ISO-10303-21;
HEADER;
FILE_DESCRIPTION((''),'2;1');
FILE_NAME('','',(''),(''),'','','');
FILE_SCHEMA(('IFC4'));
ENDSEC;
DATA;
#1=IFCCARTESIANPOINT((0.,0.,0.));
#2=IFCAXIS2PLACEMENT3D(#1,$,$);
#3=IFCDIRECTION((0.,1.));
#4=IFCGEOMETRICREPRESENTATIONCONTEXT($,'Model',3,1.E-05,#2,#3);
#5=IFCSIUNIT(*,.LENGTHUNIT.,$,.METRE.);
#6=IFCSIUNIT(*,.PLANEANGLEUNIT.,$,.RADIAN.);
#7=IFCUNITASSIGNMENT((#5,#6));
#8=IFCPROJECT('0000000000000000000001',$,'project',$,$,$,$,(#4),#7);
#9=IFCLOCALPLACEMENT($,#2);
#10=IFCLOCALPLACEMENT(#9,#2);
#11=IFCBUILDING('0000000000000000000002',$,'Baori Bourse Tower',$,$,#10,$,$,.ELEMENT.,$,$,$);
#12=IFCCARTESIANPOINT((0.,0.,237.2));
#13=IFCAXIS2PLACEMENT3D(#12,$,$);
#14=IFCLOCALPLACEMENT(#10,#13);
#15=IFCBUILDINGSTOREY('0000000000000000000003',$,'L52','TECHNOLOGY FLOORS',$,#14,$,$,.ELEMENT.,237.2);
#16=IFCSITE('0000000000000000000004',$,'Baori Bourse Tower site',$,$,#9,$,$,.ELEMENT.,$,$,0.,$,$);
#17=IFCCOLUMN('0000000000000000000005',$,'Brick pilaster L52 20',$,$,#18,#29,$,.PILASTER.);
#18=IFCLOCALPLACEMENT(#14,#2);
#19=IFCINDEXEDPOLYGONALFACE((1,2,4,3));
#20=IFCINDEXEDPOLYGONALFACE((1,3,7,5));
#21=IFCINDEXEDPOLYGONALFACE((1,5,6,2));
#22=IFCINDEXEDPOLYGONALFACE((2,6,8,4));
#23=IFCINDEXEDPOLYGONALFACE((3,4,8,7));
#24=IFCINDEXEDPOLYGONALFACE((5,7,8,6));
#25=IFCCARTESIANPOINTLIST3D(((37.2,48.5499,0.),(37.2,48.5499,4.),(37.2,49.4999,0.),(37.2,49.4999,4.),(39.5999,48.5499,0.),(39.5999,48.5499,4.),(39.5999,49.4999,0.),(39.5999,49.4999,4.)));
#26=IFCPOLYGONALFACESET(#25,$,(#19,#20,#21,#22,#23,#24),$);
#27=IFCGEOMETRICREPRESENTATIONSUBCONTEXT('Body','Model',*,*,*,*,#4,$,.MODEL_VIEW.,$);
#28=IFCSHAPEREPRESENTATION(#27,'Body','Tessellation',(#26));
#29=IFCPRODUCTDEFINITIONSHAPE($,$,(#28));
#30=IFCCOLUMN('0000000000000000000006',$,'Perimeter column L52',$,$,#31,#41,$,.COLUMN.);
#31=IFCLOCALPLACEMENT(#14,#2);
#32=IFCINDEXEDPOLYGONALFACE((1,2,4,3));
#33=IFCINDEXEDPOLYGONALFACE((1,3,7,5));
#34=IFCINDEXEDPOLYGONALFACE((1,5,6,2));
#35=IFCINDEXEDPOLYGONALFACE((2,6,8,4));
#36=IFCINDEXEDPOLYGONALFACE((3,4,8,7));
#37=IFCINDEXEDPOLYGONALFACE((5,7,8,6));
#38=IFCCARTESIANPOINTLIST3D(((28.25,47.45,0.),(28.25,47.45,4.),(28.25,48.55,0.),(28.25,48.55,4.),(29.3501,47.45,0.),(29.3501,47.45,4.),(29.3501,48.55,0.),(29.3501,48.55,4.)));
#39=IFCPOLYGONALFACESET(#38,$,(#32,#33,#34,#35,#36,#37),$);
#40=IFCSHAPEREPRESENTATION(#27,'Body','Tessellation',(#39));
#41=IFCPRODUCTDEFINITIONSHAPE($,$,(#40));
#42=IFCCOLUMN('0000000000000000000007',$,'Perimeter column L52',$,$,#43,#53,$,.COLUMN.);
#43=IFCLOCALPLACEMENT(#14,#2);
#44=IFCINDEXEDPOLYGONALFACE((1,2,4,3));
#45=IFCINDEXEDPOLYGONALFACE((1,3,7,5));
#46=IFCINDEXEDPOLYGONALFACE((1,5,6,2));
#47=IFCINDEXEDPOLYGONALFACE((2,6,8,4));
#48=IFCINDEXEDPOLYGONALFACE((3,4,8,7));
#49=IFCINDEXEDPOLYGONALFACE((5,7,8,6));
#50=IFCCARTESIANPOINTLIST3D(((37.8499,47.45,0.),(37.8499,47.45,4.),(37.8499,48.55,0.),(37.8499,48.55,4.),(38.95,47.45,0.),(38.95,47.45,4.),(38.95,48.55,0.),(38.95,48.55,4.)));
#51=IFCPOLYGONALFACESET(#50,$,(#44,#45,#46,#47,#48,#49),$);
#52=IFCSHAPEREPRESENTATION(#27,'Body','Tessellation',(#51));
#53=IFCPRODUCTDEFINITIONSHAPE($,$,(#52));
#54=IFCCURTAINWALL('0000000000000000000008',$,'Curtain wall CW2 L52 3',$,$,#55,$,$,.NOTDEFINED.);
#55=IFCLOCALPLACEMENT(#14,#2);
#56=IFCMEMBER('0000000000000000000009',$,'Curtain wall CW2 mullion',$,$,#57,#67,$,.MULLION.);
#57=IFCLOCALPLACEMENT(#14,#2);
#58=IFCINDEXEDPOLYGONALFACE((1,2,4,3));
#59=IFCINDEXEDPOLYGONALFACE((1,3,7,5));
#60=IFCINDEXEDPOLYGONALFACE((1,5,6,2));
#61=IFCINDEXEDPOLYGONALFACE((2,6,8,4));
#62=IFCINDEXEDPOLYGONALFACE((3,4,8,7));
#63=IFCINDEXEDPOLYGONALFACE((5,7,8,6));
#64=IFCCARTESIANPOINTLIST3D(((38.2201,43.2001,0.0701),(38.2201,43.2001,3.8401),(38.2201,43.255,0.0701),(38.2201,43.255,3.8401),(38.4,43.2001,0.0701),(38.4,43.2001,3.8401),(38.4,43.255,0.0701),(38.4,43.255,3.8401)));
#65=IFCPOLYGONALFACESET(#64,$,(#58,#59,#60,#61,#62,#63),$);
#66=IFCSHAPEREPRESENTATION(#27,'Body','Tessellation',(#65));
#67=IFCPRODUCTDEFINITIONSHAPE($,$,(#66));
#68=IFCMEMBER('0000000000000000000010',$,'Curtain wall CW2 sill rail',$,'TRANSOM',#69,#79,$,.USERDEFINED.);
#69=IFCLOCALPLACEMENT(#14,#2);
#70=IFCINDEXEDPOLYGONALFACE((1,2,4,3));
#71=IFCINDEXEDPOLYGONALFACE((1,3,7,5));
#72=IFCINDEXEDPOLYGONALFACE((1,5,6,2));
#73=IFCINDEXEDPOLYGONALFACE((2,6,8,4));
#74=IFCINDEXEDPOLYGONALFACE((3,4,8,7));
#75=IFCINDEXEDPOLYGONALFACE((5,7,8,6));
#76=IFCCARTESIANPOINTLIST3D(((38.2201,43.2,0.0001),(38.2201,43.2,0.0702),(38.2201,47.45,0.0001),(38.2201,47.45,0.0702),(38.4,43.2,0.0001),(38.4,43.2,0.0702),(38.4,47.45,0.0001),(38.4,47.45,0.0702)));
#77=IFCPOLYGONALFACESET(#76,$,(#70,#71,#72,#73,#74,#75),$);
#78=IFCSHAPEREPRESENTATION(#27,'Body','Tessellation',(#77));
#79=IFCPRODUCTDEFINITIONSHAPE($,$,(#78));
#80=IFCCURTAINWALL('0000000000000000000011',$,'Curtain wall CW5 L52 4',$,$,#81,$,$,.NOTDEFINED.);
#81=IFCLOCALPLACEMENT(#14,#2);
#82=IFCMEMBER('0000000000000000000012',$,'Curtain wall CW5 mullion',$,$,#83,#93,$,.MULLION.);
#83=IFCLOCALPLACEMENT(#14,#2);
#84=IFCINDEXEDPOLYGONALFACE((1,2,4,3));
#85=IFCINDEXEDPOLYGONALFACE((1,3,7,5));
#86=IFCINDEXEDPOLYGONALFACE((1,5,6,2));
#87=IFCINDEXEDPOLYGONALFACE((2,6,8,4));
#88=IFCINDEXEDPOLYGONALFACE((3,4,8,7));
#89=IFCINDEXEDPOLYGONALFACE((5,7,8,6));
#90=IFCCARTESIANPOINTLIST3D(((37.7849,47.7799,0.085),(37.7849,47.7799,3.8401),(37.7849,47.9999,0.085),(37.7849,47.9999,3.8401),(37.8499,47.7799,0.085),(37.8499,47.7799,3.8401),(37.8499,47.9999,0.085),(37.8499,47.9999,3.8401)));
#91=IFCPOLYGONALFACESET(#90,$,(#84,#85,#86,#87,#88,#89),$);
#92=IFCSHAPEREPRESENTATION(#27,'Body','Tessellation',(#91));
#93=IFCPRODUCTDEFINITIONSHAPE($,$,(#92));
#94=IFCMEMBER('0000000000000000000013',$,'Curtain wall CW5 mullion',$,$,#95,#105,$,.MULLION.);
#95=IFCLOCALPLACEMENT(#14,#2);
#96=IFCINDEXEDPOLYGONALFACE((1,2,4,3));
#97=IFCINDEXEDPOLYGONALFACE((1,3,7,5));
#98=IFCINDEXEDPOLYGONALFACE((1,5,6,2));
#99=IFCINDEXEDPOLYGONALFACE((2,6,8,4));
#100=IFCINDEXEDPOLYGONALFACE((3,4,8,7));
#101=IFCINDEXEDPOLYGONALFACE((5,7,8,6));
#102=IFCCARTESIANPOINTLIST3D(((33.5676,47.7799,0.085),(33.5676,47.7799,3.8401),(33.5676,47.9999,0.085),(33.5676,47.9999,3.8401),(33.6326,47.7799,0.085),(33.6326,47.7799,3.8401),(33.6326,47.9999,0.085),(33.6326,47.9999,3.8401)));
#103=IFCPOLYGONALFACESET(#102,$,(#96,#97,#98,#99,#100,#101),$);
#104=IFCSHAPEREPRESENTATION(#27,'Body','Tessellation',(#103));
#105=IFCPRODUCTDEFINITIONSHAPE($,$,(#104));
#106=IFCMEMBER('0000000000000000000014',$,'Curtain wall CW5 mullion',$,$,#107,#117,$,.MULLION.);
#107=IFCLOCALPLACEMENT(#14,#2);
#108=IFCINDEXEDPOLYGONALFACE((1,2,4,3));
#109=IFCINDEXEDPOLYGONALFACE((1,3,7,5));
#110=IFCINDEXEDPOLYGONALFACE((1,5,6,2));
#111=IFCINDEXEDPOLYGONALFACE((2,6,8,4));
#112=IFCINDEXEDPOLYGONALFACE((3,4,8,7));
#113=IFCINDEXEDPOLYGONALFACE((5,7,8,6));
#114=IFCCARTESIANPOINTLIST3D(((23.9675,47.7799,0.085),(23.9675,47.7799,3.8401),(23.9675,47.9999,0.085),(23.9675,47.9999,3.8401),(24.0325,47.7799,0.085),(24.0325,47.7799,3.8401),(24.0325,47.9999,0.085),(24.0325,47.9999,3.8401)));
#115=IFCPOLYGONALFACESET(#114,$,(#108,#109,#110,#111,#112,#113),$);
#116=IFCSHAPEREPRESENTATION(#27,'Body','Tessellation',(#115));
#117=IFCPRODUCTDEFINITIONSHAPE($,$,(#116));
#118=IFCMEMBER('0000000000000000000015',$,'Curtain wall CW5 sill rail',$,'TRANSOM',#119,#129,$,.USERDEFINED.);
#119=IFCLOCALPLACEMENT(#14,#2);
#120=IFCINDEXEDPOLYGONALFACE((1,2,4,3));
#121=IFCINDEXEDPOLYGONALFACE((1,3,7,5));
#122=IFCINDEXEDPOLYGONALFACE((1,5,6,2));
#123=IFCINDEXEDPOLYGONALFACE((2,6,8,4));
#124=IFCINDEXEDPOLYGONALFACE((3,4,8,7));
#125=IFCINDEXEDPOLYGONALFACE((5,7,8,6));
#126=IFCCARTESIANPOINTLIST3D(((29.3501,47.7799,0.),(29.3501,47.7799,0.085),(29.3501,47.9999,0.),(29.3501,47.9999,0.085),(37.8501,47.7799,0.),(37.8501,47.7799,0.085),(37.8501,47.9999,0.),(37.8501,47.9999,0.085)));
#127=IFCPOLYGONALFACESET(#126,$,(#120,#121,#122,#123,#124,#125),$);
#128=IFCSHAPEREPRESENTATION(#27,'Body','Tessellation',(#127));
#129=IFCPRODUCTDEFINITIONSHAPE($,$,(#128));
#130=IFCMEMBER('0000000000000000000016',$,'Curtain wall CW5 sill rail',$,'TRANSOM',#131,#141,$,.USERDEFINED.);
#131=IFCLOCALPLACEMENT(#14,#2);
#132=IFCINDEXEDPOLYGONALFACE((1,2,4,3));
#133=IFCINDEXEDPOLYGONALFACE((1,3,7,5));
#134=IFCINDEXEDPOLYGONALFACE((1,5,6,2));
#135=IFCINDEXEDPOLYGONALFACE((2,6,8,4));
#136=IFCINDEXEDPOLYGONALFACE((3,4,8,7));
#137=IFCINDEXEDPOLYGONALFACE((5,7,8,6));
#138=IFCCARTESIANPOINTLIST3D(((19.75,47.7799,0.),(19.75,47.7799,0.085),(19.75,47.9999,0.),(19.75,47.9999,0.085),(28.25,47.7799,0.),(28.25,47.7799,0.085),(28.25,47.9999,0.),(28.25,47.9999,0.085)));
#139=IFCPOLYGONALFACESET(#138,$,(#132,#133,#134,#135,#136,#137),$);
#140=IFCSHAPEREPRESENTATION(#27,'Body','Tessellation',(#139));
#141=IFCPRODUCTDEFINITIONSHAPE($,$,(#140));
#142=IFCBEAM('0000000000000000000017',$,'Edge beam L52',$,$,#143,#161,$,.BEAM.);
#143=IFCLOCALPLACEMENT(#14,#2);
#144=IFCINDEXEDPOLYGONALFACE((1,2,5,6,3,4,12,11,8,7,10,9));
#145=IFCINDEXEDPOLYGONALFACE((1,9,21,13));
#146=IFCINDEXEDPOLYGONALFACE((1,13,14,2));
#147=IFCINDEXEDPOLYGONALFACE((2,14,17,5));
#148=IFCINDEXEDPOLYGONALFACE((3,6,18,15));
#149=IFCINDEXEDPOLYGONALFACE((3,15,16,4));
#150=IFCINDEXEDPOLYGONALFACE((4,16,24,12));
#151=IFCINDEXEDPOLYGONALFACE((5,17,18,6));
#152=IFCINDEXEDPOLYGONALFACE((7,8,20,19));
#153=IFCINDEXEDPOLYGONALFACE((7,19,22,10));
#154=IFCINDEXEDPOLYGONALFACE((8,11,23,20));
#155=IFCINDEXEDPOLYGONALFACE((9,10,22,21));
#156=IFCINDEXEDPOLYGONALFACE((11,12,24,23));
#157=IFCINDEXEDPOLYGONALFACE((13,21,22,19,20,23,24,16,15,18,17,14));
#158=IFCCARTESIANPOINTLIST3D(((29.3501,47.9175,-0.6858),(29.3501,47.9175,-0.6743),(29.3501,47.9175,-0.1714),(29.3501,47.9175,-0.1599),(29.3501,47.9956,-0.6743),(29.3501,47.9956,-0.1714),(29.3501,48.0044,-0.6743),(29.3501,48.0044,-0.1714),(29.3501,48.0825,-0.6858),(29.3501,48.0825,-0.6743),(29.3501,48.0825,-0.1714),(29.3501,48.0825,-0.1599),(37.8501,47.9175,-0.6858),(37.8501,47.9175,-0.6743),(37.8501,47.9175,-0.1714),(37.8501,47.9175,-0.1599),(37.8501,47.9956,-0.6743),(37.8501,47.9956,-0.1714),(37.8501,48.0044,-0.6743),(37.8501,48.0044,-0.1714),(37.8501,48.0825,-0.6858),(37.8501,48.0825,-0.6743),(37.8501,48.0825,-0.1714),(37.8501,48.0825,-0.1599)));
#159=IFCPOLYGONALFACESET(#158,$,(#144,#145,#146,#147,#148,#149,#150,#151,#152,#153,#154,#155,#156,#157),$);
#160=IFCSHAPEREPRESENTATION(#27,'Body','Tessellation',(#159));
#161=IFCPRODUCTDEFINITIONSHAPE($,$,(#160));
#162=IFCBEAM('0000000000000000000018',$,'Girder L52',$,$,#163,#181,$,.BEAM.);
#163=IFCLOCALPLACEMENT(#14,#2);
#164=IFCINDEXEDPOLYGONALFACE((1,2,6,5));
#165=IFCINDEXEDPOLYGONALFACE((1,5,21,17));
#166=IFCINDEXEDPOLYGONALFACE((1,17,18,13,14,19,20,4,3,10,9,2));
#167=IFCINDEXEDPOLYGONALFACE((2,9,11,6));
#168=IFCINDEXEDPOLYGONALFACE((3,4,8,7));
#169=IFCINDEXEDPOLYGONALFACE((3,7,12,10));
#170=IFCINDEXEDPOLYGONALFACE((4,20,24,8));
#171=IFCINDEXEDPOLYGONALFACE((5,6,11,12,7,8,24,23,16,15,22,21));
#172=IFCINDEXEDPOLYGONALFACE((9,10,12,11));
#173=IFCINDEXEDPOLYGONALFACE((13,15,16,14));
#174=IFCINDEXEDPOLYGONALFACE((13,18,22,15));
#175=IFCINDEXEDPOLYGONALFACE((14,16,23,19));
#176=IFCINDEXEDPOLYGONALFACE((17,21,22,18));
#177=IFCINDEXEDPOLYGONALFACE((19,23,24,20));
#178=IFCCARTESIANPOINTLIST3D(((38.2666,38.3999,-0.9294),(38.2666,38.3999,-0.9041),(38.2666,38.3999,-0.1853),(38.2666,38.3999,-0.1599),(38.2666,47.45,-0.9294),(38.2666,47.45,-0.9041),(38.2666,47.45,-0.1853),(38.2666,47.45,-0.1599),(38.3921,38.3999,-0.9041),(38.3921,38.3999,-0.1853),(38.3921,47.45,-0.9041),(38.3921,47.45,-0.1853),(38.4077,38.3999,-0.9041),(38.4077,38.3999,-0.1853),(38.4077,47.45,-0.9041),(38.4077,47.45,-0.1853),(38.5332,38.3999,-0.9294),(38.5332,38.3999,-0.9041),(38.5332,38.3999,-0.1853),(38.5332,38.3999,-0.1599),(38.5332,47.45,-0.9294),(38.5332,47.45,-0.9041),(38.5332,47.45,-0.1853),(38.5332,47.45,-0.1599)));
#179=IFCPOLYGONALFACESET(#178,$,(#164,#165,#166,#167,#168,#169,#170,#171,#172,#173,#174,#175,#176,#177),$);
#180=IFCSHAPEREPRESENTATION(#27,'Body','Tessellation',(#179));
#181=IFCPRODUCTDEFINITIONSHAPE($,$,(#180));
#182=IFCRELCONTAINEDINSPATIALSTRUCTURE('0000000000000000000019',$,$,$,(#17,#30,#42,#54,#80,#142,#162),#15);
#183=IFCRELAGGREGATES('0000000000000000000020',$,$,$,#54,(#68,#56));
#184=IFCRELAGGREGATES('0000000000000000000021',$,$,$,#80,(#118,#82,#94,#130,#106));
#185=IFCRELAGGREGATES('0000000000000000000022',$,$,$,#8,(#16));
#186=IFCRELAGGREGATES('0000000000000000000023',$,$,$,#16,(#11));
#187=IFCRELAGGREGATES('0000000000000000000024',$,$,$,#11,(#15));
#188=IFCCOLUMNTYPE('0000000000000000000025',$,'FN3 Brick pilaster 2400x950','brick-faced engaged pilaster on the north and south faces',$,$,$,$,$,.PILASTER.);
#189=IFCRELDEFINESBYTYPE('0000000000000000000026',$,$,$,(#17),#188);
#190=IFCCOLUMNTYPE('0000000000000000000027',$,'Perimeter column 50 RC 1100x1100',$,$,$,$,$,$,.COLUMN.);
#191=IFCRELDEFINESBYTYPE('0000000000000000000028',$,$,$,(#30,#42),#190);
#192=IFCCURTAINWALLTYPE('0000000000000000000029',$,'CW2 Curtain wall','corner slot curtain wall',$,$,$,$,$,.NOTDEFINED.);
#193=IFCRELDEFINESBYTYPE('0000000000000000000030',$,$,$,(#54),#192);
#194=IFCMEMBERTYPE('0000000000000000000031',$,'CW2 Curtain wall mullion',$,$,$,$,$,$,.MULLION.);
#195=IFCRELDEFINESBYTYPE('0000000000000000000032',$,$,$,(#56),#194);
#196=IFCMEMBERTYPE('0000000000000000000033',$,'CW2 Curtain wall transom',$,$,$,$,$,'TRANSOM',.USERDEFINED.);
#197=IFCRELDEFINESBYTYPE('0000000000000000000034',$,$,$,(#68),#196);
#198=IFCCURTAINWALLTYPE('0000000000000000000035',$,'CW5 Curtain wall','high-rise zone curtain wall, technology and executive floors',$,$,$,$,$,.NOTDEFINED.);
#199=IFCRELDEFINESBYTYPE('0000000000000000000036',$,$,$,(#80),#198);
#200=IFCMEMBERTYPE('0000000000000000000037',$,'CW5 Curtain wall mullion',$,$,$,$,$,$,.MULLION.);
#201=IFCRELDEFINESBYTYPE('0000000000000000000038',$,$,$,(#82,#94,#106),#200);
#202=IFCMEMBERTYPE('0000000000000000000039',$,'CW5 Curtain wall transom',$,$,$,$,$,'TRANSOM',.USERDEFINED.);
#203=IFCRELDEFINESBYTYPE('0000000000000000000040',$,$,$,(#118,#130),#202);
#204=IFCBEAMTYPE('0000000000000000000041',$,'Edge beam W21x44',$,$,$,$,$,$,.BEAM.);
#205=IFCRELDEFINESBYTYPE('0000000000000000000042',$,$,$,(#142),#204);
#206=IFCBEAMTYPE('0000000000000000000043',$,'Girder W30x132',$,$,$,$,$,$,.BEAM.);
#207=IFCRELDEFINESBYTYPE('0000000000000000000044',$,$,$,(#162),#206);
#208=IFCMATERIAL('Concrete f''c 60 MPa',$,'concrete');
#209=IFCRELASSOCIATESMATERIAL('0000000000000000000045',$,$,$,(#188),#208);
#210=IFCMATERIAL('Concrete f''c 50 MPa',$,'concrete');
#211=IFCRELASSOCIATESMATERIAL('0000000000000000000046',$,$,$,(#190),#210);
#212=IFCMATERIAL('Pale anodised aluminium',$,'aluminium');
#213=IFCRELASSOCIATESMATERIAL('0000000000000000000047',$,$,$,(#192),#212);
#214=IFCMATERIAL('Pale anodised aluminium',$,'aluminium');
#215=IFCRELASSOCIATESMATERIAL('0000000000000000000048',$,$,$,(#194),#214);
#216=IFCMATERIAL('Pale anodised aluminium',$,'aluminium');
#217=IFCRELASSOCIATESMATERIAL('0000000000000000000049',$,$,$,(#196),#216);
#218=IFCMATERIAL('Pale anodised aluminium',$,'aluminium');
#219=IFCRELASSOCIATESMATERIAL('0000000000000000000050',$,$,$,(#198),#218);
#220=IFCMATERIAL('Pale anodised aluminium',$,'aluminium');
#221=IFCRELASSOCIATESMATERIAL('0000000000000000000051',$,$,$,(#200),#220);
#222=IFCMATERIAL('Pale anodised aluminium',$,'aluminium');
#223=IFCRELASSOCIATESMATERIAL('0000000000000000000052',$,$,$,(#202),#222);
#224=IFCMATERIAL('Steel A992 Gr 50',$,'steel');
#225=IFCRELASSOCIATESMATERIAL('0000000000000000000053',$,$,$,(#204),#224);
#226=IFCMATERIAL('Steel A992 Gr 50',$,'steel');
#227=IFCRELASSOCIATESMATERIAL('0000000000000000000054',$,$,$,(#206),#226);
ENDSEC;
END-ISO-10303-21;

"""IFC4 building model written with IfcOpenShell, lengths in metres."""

from ifc_helpers import new_model, si_unit, direction, frame, origin, origin_2d, place, context, subcontext, project, spatial, rectangle, i_section, extrude, material, material_profile, profile_set, type_object, element, aggregate, save


model = new_model("IFC4")

# Units and contexts
model_context = context("Model", 3, precision=1e-05, world=origin(), true_north=direction((0.0, 1.0)))
body_context = subcontext(model_context, "Body", "Model", "MODEL_VIEW")
ifc_project = project(units=[si_unit("LENGTHUNIT", "METRE"), si_unit("PLANEANGLEUNIT", "RADIAN")], contexts=[model_context])

# Site, building, storey
site_placement = place(None, origin())
site = spatial("IfcSite", under=ifc_project, at=site_placement, Name="Baori Bourse Tower site", CompositionType="ELEMENT", RefElevation=0.0)
building_placement = place(site_placement, origin())
building = spatial("IfcBuilding", under=site, at=building_placement, Name="Baori Bourse Tower", CompositionType="ELEMENT")
storey_placement = place(building_placement, frame((0.0, 0.0, 237.2)))
storey = spatial("IfcBuildingStorey", under=building, at=storey_placement, Name="L52", Description="TECHNOLOGY FLOORS", CompositionType="ELEMENT", Elevation=237.2)

# Columns
ifc_material_1 = material(Name="Concrete f'c 60 MPa", Category="concrete")
ifc_material_profile_1 = material_profile(ifc_material_1, rectangle(XDim=2.3999, YDim=0.95, at=origin_2d()), Name="RC 2400x950")
ifc_profile_set_1 = profile_set([ifc_material_profile_1], Name="Concrete f'c 60 MPa")
column_type_1 = type_object("IfcColumnType", Name="FN3 Brick pilaster 2400x950", Description="brick-faced engaged pilaster on the north and south faces", PredefinedType="PILASTER", material=ifc_profile_set_1)
column_placement = place(storey_placement, frame((38.3999, 49.0249, 0.0), z_axis=(0.0, 0.0, 1.0), x_axis=(1.0, 0.0, 0.0)))
element("IfcColumn", 1, at=column_placement, inside=storey, type_object=column_type_1, Name="Brick pilaster L52 20", PredefinedType="PILASTER", context=body_context, shape_type="SweptSolid", body=[
    extrude(rectangle(XDim=2.3999, YDim=0.95, at=origin_2d()), origin(), (0.0, 0.0, 1.0), 4.0),
])
ifc_material_2 = material(Name="Concrete f'c 50 MPa", Category="concrete")
ifc_material_profile_2 = material_profile(ifc_material_2, rectangle(XDim=1.1001, YDim=1.1001, at=origin_2d()), Name="RC 1100x1100")
ifc_profile_set_2 = profile_set([ifc_material_profile_2], Name="Concrete f'c 50 MPa")
column_type_2 = type_object("IfcColumnType", Name="Perimeter column 50 RC 1100x1100", PredefinedType="COLUMN", material=ifc_profile_set_2)
for number, where, z_axis, x_axis, name in (
    (2, (28.8, 48.0, 0.0), (0.0, 0.0, 1.0), (1.0, 0.0, 0.0), "Perimeter column L52"),
    (3, (38.3999, 48.0, 0.0), (0.0, 0.0, 1.0), (1.0, 0.0, 0.0), "Perimeter column L52"),
):
    element("IfcColumn", number, at=place(storey_placement, frame(where, z_axis=z_axis, x_axis=x_axis)), inside=storey, type_object=column_type_2, Name=name, PredefinedType="COLUMN", context=body_context, shape_type="SweptSolid", body=[
        extrude(rectangle(XDim=1.1001, YDim=1.1001, at=origin_2d()), origin(), (0.0, 0.0, 1.0), 4.0),
    ])

# Curtain walls, members
ifc_material_3 = material(Name="Pale anodised aluminium", Category="aluminium")
curtain_wall_type_1 = type_object("IfcCurtainWallType", Name="CW2 Curtain wall", Description="corner slot curtain wall", PredefinedType="NOTDEFINED", material=ifc_material_3)
curtain_wall_1_placement = place(storey_placement, origin())
curtain_wall_1 = element("IfcCurtainWall", 4, at=curtain_wall_1_placement, inside=storey, type_object=curtain_wall_type_1, Name="Curtain wall CW2 L52 3", PredefinedType="NOTDEFINED")
ifc_material_4 = material(Name="Pale anodised aluminium", Category="aluminium")
ifc_material_profile_3 = material_profile(ifc_material_4, rectangle(XDim=0.1799, YDim=0.0549, at=origin_2d()), Name="Mullion 55x180")
ifc_profile_set_3 = profile_set([ifc_material_profile_3], Name="Pale anodised aluminium")
member_type_1 = type_object("IfcMemberType", Name="CW2 Curtain wall mullion", PredefinedType="MULLION", material=ifc_profile_set_3)
member_1_placement = place(storey_placement, frame((38.3101, 43.2275, 0.0701), z_axis=(0.0, 0.0, 1.0), x_axis=(-1.0, 0.0, 0.0)))
member_1 = element("IfcMember", 5, at=member_1_placement, type_object=member_type_1, Name="Curtain wall CW2 mullion", PredefinedType="MULLION", context=body_context, shape_type="SweptSolid", body=[
    extrude(rectangle(XDim=0.1799, YDim=0.0549, at=origin_2d()), origin(), (0.0, 0.0, 1.0), 3.77),
])
ifc_material_5 = material(Name="Pale anodised aluminium", Category="aluminium")
ifc_material_profile_4 = material_profile(ifc_material_5, rectangle(XDim=0.1799, YDim=0.0701, at=origin_2d()), Name="Transom 70x180")
ifc_profile_set_4 = profile_set([ifc_material_profile_4], Name="Pale anodised aluminium")
member_type_2 = type_object("IfcMemberType", Name="CW2 Curtain wall transom", ElementType="TRANSOM", PredefinedType="USERDEFINED", material=ifc_profile_set_4)
member_2_placement = place(storey_placement, frame((38.3101, 43.2, 0.0352), z_axis=(0.0, 1.0, 0.0), x_axis=(-1.0, 0.0, 0.0)))
member_2 = element("IfcMember", 6, at=member_2_placement, type_object=member_type_2, Name="Curtain wall CW2 sill rail", ObjectType="TRANSOM", PredefinedType="USERDEFINED", context=body_context, shape_type="SweptSolid", body=[
    extrude(rectangle(XDim=0.1799, YDim=0.0701, at=origin_2d()), origin(), (0.0, 0.0, 1.0), 4.25),
])
ifc_material_6 = material(Name="Pale anodised aluminium", Category="aluminium")
curtain_wall_type_2 = type_object("IfcCurtainWallType", Name="CW5 Curtain wall", Description="high-rise zone curtain wall, technology and executive floors", PredefinedType="NOTDEFINED", material=ifc_material_6)
curtain_wall_2_placement = place(storey_placement, origin())
curtain_wall_2 = element("IfcCurtainWall", 7, at=curtain_wall_2_placement, inside=storey, type_object=curtain_wall_type_2, Name="Curtain wall CW5 L52 4", PredefinedType="NOTDEFINED")
ifc_material_7 = material(Name="Pale anodised aluminium", Category="aluminium")
ifc_material_profile_5 = material_profile(ifc_material_7, rectangle(XDim=0.22, YDim=0.0649, at=origin_2d()), Name="Mullion 65x220")
ifc_profile_set_5 = profile_set([ifc_material_profile_5], Name="Pale anodised aluminium")
member_type_3 = type_object("IfcMemberType", Name="CW5 Curtain wall mullion", PredefinedType="MULLION", material=ifc_profile_set_5)
member_3_placement = place(storey_placement, frame((37.8174, 47.8899, 0.085), z_axis=(0.0, 0.0, 1.0), x_axis=(0.0, -1.0, 0.0)))
member_3 = element("IfcMember", 8, at=member_3_placement, type_object=member_type_3, Name="Curtain wall CW5 mullion", PredefinedType="MULLION", context=body_context, shape_type="SweptSolid", body=[
    extrude(rectangle(XDim=0.22, YDim=0.0649, at=origin_2d()), origin(), (0.0, 0.0, 1.0), 3.7551),
])
member_4_placement = place(storey_placement, frame((33.6001, 47.8899, 0.085), z_axis=(0.0, 0.0, 1.0), x_axis=(0.0, -1.0, 0.0)))
member_4 = element("IfcMember", 9, at=member_4_placement, type_object=member_type_3, Name="Curtain wall CW5 mullion", PredefinedType="MULLION", context=body_context, shape_type="SweptSolid", body=[
    extrude(rectangle(XDim=0.22, YDim=0.0649, at=origin_2d()), origin(), (0.0, 0.0, 1.0), 3.7551),
])
member_5_placement = place(storey_placement, frame((24.0, 47.8899, 0.085), z_axis=(0.0, 0.0, 1.0), x_axis=(0.0, -1.0, 0.0)))
member_5 = element("IfcMember", 10, at=member_5_placement, type_object=member_type_3, Name="Curtain wall CW5 mullion", PredefinedType="MULLION", context=body_context, shape_type="SweptSolid", body=[
    extrude(rectangle(XDim=0.22, YDim=0.0649, at=origin_2d()), origin(), (0.0, 0.0, 1.0), 3.7551),
])
ifc_material_8 = material(Name="Pale anodised aluminium", Category="aluminium")
ifc_material_profile_6 = material_profile(ifc_material_8, rectangle(XDim=0.22, YDim=0.085, at=origin_2d()), Name="Transom 85x220")
ifc_profile_set_6 = profile_set([ifc_material_profile_6], Name="Pale anodised aluminium")
member_type_4 = type_object("IfcMemberType", Name="CW5 Curtain wall transom", ElementType="TRANSOM", PredefinedType="USERDEFINED", material=ifc_profile_set_6)
member_6_placement = place(storey_placement, frame((37.8501, 47.8899, 0.0425), z_axis=(-1.0, 0.0, 0.0), x_axis=(0.0, -1.0, 0.0)))
member_6 = element("IfcMember", 11, at=member_6_placement, type_object=member_type_4, Name="Curtain wall CW5 sill rail", ObjectType="TRANSOM", PredefinedType="USERDEFINED", context=body_context, shape_type="SweptSolid", body=[
    extrude(rectangle(XDim=0.22, YDim=0.085, at=origin_2d()), origin(), (0.0, 0.0, 1.0), 8.5),
])
member_7_placement = place(storey_placement, frame((28.25, 47.8899, 0.0425), z_axis=(-1.0, 0.0, 0.0), x_axis=(0.0, -1.0, 0.0)))
member_7 = element("IfcMember", 12, at=member_7_placement, type_object=member_type_4, Name="Curtain wall CW5 sill rail", ObjectType="TRANSOM", PredefinedType="USERDEFINED", context=body_context, shape_type="SweptSolid", body=[
    extrude(rectangle(XDim=0.22, YDim=0.085, at=origin_2d()), origin(), (0.0, 0.0, 1.0), 8.5),
])

# Beams
ifc_material_9 = material(Name="Steel A992 Gr 50", Category="steel")
ifc_material_profile_7 = material_profile(ifc_material_9, i_section(OverallWidth=0.165, OverallDepth=0.5259, WebThickness=0.0088, FlangeThickness=0.0115, at=origin_2d()), Name="W21x44")
ifc_profile_set_7 = profile_set([ifc_material_profile_7], Name="Steel A992 Gr 50")
beam_type_1 = type_object("IfcBeamType", Name="Edge beam W21x44", PredefinedType="BEAM", material=ifc_profile_set_7)
beam_1_placement = place(storey_placement, frame((29.3501, 48.0, -0.4229), z_axis=(1.0, 0.0, 0.0), x_axis=(0.0, 1.0, 0.0)))
element("IfcBeam", 13, at=beam_1_placement, inside=storey, type_object=beam_type_1, Name="Edge beam L52", PredefinedType="BEAM", context=body_context, shape_type="SweptSolid", body=[
    extrude(i_section(OverallWidth=0.165, OverallDepth=0.5259, WebThickness=0.0088, FlangeThickness=0.0115, at=origin_2d()), origin(), (0.0, 0.0, 1.0), 8.5),
])
ifc_material_10 = material(Name="Steel A992 Gr 50", Category="steel")
ifc_material_profile_8 = material_profile(ifc_material_10, i_section(OverallWidth=0.2666, OverallDepth=0.7695, WebThickness=0.0156, FlangeThickness=0.0254, at=origin_2d()), Name="W30x132")
ifc_profile_set_8 = profile_set([ifc_material_profile_8], Name="Steel A992 Gr 50")
beam_type_2 = type_object("IfcBeamType", Name="Girder W30x132", PredefinedType="BEAM", material=ifc_profile_set_8)
beam_2_placement = place(storey_placement, frame((38.3999, 38.3999, -0.5447), z_axis=(0.0, 1.0, 0.0), x_axis=(-1.0, 0.0, 0.0)))
element("IfcBeam", 14, at=beam_2_placement, inside=storey, type_object=beam_type_2, Name="Girder L52", PredefinedType="BEAM", context=body_context, shape_type="SweptSolid", body=[
    extrude(i_section(OverallWidth=0.2666, OverallDepth=0.7695, WebThickness=0.0156, FlangeThickness=0.0254, at=origin_2d()), origin(), (0.0, 0.0, 1.0), 9.05),
])

aggregate(curtain_wall_1, [member_2, member_1])
aggregate(curtain_wall_2, [member_6, member_3, member_4, member_7, member_5])

save(model, "model.ifc")
